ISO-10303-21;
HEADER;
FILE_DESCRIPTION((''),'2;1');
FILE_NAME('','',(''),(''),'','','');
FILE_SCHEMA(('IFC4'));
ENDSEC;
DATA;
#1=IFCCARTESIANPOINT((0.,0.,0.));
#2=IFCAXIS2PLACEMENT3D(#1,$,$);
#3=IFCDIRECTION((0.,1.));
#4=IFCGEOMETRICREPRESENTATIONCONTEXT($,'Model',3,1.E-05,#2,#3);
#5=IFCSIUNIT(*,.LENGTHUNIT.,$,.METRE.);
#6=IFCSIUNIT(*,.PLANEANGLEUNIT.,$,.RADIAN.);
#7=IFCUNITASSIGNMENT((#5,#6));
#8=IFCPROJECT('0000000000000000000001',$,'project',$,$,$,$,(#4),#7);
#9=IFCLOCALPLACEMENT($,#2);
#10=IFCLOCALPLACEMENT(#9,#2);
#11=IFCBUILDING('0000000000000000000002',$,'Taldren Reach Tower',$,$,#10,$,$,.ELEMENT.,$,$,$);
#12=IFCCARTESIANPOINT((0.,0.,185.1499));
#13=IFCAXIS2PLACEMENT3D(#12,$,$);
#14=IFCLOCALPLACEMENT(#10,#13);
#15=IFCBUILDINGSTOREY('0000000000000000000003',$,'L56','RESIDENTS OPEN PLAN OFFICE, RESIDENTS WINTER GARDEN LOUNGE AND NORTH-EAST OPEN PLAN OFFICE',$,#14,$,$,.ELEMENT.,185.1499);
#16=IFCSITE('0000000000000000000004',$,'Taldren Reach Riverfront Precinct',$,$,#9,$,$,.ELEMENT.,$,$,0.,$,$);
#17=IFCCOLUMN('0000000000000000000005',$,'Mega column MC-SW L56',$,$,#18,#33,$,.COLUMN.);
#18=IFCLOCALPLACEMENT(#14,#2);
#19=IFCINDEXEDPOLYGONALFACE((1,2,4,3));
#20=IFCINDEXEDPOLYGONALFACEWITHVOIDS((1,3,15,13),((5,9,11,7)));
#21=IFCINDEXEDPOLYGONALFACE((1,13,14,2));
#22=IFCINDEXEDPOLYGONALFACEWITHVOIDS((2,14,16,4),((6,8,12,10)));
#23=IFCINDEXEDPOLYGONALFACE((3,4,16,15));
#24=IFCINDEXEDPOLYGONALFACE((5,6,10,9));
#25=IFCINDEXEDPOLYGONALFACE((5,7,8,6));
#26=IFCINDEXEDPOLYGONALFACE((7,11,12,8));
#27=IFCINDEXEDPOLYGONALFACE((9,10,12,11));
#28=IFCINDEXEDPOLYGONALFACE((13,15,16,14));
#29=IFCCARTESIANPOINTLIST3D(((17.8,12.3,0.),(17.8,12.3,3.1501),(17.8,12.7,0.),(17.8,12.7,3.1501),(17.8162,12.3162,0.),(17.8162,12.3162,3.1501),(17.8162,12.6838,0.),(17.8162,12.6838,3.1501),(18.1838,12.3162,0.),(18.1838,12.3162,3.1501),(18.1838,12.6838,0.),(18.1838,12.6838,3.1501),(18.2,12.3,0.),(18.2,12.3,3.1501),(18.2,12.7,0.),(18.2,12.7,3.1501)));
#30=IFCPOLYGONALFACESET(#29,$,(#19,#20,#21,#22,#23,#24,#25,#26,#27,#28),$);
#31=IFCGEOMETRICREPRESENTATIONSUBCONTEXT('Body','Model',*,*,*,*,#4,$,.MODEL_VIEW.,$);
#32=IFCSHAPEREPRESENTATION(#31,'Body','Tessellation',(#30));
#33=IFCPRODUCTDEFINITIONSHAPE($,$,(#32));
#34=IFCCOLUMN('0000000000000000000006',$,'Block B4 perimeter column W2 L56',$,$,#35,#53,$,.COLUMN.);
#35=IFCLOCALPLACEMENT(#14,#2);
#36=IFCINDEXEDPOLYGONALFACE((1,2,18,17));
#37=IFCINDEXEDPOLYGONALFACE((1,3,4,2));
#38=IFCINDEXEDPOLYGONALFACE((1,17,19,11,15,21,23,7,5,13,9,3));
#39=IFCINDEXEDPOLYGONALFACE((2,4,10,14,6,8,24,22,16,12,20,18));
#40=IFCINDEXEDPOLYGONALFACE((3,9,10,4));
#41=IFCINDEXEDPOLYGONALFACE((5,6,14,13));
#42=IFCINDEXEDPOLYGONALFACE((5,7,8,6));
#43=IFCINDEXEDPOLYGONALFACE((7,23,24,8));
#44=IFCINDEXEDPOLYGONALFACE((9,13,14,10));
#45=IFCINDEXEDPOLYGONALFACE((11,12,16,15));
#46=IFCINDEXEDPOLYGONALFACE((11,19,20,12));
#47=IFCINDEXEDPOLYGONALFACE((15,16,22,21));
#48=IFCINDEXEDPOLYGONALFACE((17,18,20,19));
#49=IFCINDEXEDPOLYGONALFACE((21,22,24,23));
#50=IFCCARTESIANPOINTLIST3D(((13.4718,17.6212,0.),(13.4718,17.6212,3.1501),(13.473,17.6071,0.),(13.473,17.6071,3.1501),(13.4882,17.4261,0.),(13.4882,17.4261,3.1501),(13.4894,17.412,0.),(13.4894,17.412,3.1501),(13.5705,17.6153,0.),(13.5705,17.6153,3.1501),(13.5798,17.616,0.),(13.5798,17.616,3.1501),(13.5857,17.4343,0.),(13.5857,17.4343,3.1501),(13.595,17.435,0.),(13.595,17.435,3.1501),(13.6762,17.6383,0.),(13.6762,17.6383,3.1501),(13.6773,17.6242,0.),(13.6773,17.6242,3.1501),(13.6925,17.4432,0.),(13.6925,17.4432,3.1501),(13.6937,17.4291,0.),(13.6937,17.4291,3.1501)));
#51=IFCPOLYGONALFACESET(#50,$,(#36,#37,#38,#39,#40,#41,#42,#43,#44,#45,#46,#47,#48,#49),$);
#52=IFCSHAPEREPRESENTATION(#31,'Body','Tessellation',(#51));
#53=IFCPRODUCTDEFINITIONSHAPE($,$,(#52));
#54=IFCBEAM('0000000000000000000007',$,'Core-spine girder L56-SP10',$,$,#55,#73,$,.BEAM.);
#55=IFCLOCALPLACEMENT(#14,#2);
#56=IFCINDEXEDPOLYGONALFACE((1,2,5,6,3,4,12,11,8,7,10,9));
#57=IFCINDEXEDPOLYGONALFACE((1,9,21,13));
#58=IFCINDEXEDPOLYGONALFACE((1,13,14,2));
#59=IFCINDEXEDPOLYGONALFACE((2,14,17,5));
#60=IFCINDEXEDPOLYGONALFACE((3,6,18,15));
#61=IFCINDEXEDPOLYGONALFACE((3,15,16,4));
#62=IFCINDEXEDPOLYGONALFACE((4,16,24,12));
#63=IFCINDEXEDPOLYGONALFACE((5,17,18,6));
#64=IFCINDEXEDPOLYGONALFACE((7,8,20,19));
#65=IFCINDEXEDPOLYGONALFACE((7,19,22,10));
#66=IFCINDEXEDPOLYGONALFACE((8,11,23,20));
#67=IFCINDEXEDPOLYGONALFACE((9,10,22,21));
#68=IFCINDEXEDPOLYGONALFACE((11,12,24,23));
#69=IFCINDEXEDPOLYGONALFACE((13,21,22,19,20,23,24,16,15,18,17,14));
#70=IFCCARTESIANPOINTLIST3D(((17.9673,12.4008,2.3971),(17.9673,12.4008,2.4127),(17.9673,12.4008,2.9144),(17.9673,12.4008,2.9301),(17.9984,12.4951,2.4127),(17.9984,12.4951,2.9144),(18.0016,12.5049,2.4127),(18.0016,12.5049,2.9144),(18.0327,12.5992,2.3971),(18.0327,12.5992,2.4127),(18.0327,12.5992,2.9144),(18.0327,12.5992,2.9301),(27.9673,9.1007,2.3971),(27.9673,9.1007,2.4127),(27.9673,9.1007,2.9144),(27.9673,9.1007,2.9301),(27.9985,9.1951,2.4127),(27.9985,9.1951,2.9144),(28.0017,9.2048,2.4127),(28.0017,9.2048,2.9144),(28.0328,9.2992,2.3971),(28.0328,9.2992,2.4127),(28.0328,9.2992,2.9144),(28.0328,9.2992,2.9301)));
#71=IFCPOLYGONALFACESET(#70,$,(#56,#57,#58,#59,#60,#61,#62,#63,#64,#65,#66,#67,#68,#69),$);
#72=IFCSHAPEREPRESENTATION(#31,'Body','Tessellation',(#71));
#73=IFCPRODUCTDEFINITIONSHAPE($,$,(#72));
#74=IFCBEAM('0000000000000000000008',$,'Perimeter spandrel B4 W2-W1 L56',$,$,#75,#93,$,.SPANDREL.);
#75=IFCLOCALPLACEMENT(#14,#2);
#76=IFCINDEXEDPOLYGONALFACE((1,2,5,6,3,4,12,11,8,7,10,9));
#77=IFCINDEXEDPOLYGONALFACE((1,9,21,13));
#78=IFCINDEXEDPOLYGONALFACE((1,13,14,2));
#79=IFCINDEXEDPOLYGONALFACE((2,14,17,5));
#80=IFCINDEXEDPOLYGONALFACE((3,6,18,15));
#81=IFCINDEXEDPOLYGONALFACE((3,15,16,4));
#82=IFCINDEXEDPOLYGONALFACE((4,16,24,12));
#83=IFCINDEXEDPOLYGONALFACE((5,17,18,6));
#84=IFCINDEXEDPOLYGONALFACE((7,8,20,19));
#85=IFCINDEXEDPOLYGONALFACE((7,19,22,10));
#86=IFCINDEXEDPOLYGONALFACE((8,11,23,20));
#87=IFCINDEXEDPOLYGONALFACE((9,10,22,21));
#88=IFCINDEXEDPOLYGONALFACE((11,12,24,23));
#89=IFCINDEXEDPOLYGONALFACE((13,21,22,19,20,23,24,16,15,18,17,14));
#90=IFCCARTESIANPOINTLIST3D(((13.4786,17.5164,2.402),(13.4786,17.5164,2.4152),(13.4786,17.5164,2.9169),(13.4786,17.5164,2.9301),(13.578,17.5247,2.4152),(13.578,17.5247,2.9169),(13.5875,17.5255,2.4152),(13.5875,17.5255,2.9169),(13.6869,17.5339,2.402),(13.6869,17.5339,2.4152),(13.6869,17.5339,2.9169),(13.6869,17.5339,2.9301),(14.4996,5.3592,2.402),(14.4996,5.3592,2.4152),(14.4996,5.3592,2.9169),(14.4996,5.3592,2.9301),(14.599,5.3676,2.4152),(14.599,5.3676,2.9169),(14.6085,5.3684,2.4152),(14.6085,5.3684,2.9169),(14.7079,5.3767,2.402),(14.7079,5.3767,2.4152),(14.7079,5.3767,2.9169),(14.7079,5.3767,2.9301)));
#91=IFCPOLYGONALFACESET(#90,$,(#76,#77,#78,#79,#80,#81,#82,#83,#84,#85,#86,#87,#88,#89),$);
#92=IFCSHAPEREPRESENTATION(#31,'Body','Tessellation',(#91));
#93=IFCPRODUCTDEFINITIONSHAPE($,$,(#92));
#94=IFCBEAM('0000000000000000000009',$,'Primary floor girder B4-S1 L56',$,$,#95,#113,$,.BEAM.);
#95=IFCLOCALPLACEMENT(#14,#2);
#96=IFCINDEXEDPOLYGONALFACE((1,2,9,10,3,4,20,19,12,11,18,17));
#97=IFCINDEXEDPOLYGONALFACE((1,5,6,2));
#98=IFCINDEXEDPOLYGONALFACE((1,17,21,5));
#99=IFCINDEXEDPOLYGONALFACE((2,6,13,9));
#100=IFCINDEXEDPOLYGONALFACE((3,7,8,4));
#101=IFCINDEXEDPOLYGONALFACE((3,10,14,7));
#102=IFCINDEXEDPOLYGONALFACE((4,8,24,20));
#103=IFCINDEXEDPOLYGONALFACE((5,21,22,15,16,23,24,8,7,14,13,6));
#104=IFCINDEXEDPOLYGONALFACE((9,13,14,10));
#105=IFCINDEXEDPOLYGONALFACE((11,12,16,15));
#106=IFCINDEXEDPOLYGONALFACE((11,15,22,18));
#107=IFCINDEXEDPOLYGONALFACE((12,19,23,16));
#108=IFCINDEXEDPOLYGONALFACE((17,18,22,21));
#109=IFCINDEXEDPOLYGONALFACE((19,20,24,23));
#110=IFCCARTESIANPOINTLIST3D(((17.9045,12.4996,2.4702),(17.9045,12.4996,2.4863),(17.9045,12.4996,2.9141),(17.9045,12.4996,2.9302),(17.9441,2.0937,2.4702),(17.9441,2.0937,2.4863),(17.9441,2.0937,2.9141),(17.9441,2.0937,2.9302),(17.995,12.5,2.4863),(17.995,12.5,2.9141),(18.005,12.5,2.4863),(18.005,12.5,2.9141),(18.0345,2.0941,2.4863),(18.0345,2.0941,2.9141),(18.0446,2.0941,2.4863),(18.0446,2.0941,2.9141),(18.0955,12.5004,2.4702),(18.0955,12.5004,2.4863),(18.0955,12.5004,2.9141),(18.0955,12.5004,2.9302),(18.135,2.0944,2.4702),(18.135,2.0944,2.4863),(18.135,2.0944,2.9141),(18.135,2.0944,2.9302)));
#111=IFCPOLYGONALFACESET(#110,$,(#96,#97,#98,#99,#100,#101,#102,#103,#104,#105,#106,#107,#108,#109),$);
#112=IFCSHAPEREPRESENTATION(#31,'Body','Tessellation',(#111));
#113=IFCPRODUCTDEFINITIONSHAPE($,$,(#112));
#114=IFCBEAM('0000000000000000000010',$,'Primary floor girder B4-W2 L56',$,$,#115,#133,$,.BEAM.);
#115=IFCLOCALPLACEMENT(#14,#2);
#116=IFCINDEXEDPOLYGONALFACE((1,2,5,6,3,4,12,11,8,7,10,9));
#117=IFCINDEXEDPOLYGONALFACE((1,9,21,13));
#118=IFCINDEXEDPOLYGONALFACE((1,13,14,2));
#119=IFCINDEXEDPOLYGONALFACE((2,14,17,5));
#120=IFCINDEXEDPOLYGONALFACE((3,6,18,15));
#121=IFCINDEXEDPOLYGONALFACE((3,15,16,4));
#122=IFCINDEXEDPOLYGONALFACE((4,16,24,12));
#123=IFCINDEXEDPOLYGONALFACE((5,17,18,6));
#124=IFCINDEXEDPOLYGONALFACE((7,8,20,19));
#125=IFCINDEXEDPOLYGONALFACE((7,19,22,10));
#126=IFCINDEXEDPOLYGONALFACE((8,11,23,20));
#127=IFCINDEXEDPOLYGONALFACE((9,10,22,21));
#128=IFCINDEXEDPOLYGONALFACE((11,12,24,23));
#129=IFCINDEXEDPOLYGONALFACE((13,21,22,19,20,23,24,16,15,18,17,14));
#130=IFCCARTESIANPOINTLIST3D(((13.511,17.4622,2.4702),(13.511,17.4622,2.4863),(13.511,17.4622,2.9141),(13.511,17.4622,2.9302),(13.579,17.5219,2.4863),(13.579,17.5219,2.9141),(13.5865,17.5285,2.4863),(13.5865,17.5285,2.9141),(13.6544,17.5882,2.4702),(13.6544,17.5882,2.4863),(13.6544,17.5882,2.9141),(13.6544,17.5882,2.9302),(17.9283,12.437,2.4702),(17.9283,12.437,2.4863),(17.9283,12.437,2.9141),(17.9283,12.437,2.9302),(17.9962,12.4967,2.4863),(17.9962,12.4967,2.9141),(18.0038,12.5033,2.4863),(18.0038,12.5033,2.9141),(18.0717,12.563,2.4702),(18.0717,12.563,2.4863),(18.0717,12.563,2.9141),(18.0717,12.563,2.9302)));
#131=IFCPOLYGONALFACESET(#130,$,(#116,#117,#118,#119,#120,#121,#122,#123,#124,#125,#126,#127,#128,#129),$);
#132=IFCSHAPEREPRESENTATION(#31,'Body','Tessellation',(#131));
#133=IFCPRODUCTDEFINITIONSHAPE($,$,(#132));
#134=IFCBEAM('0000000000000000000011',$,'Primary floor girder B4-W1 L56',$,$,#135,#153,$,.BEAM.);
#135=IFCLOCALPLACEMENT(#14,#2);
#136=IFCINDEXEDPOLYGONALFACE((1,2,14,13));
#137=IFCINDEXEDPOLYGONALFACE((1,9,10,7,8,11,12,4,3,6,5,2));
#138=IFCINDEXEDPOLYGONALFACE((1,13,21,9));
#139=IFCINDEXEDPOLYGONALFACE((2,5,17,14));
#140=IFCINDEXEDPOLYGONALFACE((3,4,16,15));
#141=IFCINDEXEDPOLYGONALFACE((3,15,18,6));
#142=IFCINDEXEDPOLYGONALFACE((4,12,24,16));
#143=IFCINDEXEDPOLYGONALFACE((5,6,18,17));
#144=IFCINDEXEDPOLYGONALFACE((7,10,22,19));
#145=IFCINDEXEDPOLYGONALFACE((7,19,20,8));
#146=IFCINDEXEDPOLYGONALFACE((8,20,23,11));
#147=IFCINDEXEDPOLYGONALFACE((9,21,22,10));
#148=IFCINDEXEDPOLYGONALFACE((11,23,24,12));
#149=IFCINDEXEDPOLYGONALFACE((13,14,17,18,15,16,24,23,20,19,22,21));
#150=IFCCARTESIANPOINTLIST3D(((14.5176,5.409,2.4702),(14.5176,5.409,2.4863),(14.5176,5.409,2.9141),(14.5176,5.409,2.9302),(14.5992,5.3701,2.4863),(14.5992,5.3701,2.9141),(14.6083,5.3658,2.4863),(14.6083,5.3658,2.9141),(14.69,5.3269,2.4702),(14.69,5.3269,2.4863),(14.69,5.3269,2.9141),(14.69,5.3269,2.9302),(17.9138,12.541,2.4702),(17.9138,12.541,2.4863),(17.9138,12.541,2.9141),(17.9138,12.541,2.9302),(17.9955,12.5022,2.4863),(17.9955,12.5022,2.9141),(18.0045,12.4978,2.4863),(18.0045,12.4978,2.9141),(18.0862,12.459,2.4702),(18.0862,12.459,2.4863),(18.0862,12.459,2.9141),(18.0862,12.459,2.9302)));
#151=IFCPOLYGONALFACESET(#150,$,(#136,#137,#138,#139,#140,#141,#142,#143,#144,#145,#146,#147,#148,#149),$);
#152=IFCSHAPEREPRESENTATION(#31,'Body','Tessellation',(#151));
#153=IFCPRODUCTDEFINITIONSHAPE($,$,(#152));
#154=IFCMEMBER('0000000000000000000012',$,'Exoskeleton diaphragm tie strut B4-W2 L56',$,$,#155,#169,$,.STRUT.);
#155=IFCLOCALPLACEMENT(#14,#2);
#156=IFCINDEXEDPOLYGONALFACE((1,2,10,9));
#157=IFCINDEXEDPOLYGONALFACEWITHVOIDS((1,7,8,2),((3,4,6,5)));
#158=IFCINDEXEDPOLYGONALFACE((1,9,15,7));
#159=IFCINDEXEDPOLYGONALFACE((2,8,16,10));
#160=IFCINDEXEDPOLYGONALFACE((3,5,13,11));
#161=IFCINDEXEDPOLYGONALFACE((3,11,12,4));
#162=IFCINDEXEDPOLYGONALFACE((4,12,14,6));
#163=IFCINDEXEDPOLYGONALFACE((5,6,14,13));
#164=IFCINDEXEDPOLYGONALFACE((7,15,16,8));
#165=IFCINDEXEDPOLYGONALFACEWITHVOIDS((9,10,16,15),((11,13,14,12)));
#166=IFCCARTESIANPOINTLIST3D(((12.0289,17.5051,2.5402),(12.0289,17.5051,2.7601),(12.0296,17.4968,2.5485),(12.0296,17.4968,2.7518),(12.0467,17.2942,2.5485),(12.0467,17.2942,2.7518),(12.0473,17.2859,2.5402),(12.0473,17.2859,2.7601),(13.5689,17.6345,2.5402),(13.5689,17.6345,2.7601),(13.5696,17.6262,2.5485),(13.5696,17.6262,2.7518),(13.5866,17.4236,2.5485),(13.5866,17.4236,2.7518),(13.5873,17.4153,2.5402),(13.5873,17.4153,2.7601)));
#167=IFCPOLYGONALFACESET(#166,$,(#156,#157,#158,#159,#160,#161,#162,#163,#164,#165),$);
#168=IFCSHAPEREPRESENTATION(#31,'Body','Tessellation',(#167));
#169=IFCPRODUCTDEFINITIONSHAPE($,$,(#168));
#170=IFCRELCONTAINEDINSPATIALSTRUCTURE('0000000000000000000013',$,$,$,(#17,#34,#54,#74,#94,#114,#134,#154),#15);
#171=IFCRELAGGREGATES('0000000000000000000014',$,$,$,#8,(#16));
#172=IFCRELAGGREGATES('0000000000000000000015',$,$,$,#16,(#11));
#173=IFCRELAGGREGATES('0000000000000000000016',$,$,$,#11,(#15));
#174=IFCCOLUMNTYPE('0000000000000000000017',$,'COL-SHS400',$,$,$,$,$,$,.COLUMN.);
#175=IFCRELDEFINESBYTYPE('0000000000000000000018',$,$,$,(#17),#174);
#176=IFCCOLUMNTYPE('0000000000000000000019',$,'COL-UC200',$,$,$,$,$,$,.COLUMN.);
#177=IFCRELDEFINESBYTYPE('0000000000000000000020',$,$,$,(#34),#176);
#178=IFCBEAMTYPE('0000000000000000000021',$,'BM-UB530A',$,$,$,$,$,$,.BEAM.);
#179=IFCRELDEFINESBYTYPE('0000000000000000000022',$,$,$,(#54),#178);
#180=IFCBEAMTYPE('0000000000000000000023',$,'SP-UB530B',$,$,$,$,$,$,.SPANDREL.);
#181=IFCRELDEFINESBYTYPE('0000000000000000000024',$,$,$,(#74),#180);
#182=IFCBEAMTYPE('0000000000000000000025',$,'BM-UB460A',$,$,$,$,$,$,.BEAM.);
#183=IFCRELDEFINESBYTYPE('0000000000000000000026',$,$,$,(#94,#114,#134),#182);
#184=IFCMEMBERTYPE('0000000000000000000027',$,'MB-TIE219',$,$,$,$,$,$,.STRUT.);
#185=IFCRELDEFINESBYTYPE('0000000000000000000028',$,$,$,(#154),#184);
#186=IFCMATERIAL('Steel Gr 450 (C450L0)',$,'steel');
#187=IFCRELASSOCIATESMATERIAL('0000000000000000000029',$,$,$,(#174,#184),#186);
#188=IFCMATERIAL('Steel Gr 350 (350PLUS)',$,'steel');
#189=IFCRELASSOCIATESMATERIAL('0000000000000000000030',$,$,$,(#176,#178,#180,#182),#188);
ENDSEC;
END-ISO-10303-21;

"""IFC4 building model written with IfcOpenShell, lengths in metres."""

from ifc_helpers import new_model, si_unit, direction, frame, origin, origin_2d, place, context, subcontext, project, spatial, hollow_rectangle, i_section, extrude, source, transform, mapped, material, material_profile, profile_set, type_object, element, save


model = new_model("IFC4")

# Units and contexts
model_context = context("Model", 3, precision=1e-05, world=origin(), true_north=direction((0.0, 1.0)))
body_context = subcontext(model_context, "Body", "Model", "MODEL_VIEW")
ifc_project = project(units=[si_unit("LENGTHUNIT", "METRE"), si_unit("PLANEANGLEUNIT", "RADIAN")], contexts=[model_context])

# Site, building, storey
site_placement = place(None, origin())
site = spatial("IfcSite", under=ifc_project, at=site_placement, Name="Taldren Reach Riverfront Precinct", CompositionType="ELEMENT", RefElevation=0.0)
building_placement = place(site_placement, origin())
building = spatial("IfcBuilding", under=site, at=building_placement, Name="Taldren Reach Tower", CompositionType="ELEMENT")
storey_placement = place(building_placement, frame((0.0, 0.0, 185.1499)))
storey = spatial("IfcBuildingStorey", under=building, at=storey_placement, Name="L56", Description="RESIDENTS OPEN PLAN OFFICE, RESIDENTS WINTER GARDEN LOUNGE AND NORTH-EAST OPEN PLAN OFFICE", CompositionType="ELEMENT", Elevation=185.1499)

# Columns
ifc_material_1 = material(Name="Steel Gr 450 (C450L0)", Category="steel")
ifc_material_profile_1 = material_profile(ifc_material_1, hollow_rectangle(XDim=0.3999, YDim=0.3999, WallThickness=0.0161, at=origin_2d()), Name="400x400x16.0SHS")
ifc_profile_set_1 = profile_set([ifc_material_profile_1], Name="Steel Gr 450 (C450L0)")
column_type_1 = type_object("IfcColumnType", Name="COL-SHS400", PredefinedType="COLUMN", material=ifc_profile_set_1)
shared_shape_1 = source(origin(), body_context, "Body", "SweptSolid", [
    extrude(hollow_rectangle(XDim=0.3999, YDim=0.3999, WallThickness=0.0161, at=origin_2d()), origin(), (0.0, 0.0, 1.0), 3.1501),
])
column_1_placement = place(storey_placement, frame((18.0, 12.5, 0.0), z_axis=(0.0, 0.0, 1.0), x_axis=(1.0, 0.0, 0.0)))
element("IfcColumn", 1, at=column_1_placement, inside=storey, type_object=column_type_1, Name="Mega column MC-SW L56", PredefinedType="COLUMN", context=body_context, shape_type="MappedRepresentation", body=[
    mapped(shared_shape_1, transform((0.0, 0.0, 0.0), scale=1.0)),
])
ifc_material_2 = material(Name="Steel Gr 350 (350PLUS)", Category="steel")
ifc_material_profile_2 = material_profile(ifc_material_2, i_section(OverallWidth=0.2051, OverallDepth=0.21, WebThickness=0.0093, FlangeThickness=0.0142, at=origin_2d()), Name="200UC59.5")
ifc_profile_set_2 = profile_set([ifc_material_profile_2], Name="Steel Gr 350 (350PLUS)")
column_type_2 = type_object("IfcColumnType", Name="COL-UC200", PredefinedType="COLUMN", material=ifc_profile_set_2)
shared_shape_2 = source(origin(), body_context, "Body", "SweptSolid", [
    extrude(i_section(OverallWidth=0.2051, OverallDepth=0.21, WebThickness=0.0093, FlangeThickness=0.0142, at=origin_2d()), origin(), (0.0, 0.0, 1.0), 3.1501),
])
column_2_placement = place(storey_placement, frame((13.5828, 17.5251, 0.0), z_axis=(0.0, 0.0, 1.0), x_axis=(0.996493, 0.083678, 0.0)))
element("IfcColumn", 2, at=column_2_placement, inside=storey, type_object=column_type_2, Name="Block B4 perimeter column W2 L56", PredefinedType="COLUMN", context=body_context, shape_type="MappedRepresentation", body=[
    mapped(shared_shape_2, transform((0.0, 0.0, 0.0), scale=1.0)),
])

# Beams
ifc_material_profile_3 = material_profile(ifc_material_2, i_section(OverallWidth=0.209, OverallDepth=0.533, WebThickness=0.0103, FlangeThickness=0.0156, at=origin_2d()), Name="530UB92.4")
ifc_profile_set_3 = profile_set([ifc_material_profile_3], Name="Steel Gr 350 (350PLUS)")
beam_type_1 = type_object("IfcBeamType", Name="BM-UB530A", PredefinedType="BEAM", material=ifc_profile_set_3)
shared_shape_3 = source(origin(), body_context, "Body", "SweptSolid", [
    extrude(i_section(OverallWidth=0.209, OverallDepth=0.533, WebThickness=0.0103, FlangeThickness=0.0156, at=origin_2d()), origin(), (0.0, 0.0, 1.0), 10.5305),
])
beam_1_placement = place(storey_placement, frame((18.0, 12.5, 2.6636), z_axis=(0.949627, -0.313382, 0.0), x_axis=(0.313382, 0.949627, 0.0)))
element("IfcBeam", 3, at=beam_1_placement, inside=storey, type_object=beam_type_1, Name="Core-spine girder L56-SP10", PredefinedType="BEAM", context=body_context, shape_type="MappedRepresentation", body=[
    mapped(shared_shape_3, transform((0.0, 0.0, 0.0), scale=1.0)),
])
ifc_material_profile_4 = material_profile(ifc_material_2, i_section(OverallWidth=0.209, OverallDepth=0.5281, WebThickness=0.0095, FlangeThickness=0.0132, at=origin_2d()), Name="530UB82.0")
ifc_profile_set_4 = profile_set([ifc_material_profile_4], Name="Steel Gr 350 (350PLUS)")
beam_type_2 = type_object("IfcBeamType", Name="SP-UB530B", PredefinedType="SPANDREL", material=ifc_profile_set_4)
shared_shape_4 = source(origin(), body_context, "Body", "SweptSolid", [
    extrude(i_section(OverallWidth=0.209, OverallDepth=0.5281, WebThickness=0.0095, FlangeThickness=0.0132, at=origin_2d()), origin(), (0.0, 0.0, 1.0), 12.2),
])
beam_2_placement = place(storey_placement, frame((13.5828, 17.5251, 2.666), z_axis=(0.083688, -0.996492, 0.0), x_axis=(0.996492, 0.083688, 0.0)))
element("IfcBeam", 4, at=beam_2_placement, inside=storey, type_object=beam_type_2, Name="Perimeter spandrel B4 W2-W1 L56", PredefinedType="SPANDREL", context=body_context, shape_type="MappedRepresentation", body=[
    mapped(shared_shape_4, transform((0.0, 0.0, 0.0), scale=1.0)),
])
ifc_material_profile_5 = material_profile(ifc_material_2, i_section(OverallWidth=0.1909, OverallDepth=0.46, WebThickness=0.01, FlangeThickness=0.0161, at=origin_2d()), Name="460UB82.1")
ifc_profile_set_5 = profile_set([ifc_material_profile_5], Name="Steel Gr 350 (350PLUS)")
beam_type_3 = type_object("IfcBeamType", Name="BM-UB460A", PredefinedType="BEAM", material=ifc_profile_set_5)
shared_shape_5 = source(origin(), body_context, "Body", "SweptSolid", [
    extrude(i_section(OverallWidth=0.1909, OverallDepth=0.46, WebThickness=0.01, FlangeThickness=0.0161, at=origin_2d()), origin(), (0.0, 0.0, 1.0), 10.406),
])
beam_3_placement = place(storey_placement, frame((18.0, 12.5, 2.7002), z_axis=(0.003801, -0.999993, 0.0), x_axis=(0.999993, 0.003801, 0.0)))
element("IfcBeam", 5, at=beam_3_placement, inside=storey, type_object=beam_type_3, Name="Primary floor girder B4-S1 L56", PredefinedType="BEAM", context=body_context, shape_type="MappedRepresentation", body=[
    mapped(shared_shape_5, transform((0.0, 0.0, 0.0), scale=1.0)),
])
shared_shape_6 = source(origin(), body_context, "Body", "SweptSolid", [
    extrude(i_section(OverallWidth=0.1909, OverallDepth=0.46, WebThickness=0.01, FlangeThickness=0.0161, at=origin_2d()), origin(), (0.0, 0.0, 1.0), 6.6907),
])
beam_4_placement = place(storey_placement, frame((18.0, 12.5, 2.7002), z_axis=(-0.660216, 0.751076, 0.0), x_axis=(-0.751076, -0.660216, 0.0)))
element("IfcBeam", 6, at=beam_4_placement, inside=storey, type_object=beam_type_3, Name="Primary floor girder B4-W2 L56", PredefinedType="BEAM", context=body_context, shape_type="MappedRepresentation", body=[
    mapped(shared_shape_6, transform((0.0, 0.0, 0.0), scale=1.0)),
])
shared_shape_7 = source(origin(), body_context, "Body", "SweptSolid", [
    extrude(i_section(OverallWidth=0.1909, OverallDepth=0.46, WebThickness=0.01, FlangeThickness=0.0161, at=origin_2d()), origin(), (0.0, 0.0, 1.0), 7.8994),
])
beam_5_placement = place(storey_placement, frame((18.0, 12.5, 2.7002), z_axis=(-0.429935, -0.90286, 0.0), x_axis=(0.90286, -0.429935, 0.0)))
element("IfcBeam", 7, at=beam_5_placement, inside=storey, type_object=beam_type_3, Name="Primary floor girder B4-W1 L56", PredefinedType="BEAM", context=body_context, shape_type="MappedRepresentation", body=[
    mapped(shared_shape_7, transform((0.0, 0.0, 0.0), scale=1.0)),
])

# Member
ifc_material_profile_6 = material_profile(ifc_material_1, hollow_rectangle(XDim=0.22, YDim=0.22, WallThickness=0.0083, at=origin_2d()), Name="220x220x8.2SHS")
ifc_profile_set_6 = profile_set([ifc_material_profile_6], Name="Steel Gr 450 (C450L0)")
member_type_1 = type_object("IfcMemberType", Name="MB-TIE219", PredefinedType="STRUT", material=ifc_profile_set_6)
shared_shape_8 = source(origin(), body_context, "Body", "SweptSolid", [
    extrude(hollow_rectangle(XDim=0.22, YDim=0.22, WallThickness=0.0083, at=origin_2d()), origin(), (0.0, 0.0, 1.0), 1.5454),
])
member_1_placement = place(storey_placement, frame((13.5781, 17.5249, 2.6501), z_axis=(-0.996489, -0.083725, 0.0), x_axis=(0.083725, -0.996489, 0.0)))
element("IfcMember", 8, at=member_1_placement, inside=storey, type_object=member_type_1, Name="Exoskeleton diaphragm tie strut B4-W2 L56", PredefinedType="STRUT", context=body_context, shape_type="MappedRepresentation", body=[
    mapped(shared_shape_8, transform((0.0, 0.0, 0.0), scale=1.0)),
])

save(model, "model.ifc")
